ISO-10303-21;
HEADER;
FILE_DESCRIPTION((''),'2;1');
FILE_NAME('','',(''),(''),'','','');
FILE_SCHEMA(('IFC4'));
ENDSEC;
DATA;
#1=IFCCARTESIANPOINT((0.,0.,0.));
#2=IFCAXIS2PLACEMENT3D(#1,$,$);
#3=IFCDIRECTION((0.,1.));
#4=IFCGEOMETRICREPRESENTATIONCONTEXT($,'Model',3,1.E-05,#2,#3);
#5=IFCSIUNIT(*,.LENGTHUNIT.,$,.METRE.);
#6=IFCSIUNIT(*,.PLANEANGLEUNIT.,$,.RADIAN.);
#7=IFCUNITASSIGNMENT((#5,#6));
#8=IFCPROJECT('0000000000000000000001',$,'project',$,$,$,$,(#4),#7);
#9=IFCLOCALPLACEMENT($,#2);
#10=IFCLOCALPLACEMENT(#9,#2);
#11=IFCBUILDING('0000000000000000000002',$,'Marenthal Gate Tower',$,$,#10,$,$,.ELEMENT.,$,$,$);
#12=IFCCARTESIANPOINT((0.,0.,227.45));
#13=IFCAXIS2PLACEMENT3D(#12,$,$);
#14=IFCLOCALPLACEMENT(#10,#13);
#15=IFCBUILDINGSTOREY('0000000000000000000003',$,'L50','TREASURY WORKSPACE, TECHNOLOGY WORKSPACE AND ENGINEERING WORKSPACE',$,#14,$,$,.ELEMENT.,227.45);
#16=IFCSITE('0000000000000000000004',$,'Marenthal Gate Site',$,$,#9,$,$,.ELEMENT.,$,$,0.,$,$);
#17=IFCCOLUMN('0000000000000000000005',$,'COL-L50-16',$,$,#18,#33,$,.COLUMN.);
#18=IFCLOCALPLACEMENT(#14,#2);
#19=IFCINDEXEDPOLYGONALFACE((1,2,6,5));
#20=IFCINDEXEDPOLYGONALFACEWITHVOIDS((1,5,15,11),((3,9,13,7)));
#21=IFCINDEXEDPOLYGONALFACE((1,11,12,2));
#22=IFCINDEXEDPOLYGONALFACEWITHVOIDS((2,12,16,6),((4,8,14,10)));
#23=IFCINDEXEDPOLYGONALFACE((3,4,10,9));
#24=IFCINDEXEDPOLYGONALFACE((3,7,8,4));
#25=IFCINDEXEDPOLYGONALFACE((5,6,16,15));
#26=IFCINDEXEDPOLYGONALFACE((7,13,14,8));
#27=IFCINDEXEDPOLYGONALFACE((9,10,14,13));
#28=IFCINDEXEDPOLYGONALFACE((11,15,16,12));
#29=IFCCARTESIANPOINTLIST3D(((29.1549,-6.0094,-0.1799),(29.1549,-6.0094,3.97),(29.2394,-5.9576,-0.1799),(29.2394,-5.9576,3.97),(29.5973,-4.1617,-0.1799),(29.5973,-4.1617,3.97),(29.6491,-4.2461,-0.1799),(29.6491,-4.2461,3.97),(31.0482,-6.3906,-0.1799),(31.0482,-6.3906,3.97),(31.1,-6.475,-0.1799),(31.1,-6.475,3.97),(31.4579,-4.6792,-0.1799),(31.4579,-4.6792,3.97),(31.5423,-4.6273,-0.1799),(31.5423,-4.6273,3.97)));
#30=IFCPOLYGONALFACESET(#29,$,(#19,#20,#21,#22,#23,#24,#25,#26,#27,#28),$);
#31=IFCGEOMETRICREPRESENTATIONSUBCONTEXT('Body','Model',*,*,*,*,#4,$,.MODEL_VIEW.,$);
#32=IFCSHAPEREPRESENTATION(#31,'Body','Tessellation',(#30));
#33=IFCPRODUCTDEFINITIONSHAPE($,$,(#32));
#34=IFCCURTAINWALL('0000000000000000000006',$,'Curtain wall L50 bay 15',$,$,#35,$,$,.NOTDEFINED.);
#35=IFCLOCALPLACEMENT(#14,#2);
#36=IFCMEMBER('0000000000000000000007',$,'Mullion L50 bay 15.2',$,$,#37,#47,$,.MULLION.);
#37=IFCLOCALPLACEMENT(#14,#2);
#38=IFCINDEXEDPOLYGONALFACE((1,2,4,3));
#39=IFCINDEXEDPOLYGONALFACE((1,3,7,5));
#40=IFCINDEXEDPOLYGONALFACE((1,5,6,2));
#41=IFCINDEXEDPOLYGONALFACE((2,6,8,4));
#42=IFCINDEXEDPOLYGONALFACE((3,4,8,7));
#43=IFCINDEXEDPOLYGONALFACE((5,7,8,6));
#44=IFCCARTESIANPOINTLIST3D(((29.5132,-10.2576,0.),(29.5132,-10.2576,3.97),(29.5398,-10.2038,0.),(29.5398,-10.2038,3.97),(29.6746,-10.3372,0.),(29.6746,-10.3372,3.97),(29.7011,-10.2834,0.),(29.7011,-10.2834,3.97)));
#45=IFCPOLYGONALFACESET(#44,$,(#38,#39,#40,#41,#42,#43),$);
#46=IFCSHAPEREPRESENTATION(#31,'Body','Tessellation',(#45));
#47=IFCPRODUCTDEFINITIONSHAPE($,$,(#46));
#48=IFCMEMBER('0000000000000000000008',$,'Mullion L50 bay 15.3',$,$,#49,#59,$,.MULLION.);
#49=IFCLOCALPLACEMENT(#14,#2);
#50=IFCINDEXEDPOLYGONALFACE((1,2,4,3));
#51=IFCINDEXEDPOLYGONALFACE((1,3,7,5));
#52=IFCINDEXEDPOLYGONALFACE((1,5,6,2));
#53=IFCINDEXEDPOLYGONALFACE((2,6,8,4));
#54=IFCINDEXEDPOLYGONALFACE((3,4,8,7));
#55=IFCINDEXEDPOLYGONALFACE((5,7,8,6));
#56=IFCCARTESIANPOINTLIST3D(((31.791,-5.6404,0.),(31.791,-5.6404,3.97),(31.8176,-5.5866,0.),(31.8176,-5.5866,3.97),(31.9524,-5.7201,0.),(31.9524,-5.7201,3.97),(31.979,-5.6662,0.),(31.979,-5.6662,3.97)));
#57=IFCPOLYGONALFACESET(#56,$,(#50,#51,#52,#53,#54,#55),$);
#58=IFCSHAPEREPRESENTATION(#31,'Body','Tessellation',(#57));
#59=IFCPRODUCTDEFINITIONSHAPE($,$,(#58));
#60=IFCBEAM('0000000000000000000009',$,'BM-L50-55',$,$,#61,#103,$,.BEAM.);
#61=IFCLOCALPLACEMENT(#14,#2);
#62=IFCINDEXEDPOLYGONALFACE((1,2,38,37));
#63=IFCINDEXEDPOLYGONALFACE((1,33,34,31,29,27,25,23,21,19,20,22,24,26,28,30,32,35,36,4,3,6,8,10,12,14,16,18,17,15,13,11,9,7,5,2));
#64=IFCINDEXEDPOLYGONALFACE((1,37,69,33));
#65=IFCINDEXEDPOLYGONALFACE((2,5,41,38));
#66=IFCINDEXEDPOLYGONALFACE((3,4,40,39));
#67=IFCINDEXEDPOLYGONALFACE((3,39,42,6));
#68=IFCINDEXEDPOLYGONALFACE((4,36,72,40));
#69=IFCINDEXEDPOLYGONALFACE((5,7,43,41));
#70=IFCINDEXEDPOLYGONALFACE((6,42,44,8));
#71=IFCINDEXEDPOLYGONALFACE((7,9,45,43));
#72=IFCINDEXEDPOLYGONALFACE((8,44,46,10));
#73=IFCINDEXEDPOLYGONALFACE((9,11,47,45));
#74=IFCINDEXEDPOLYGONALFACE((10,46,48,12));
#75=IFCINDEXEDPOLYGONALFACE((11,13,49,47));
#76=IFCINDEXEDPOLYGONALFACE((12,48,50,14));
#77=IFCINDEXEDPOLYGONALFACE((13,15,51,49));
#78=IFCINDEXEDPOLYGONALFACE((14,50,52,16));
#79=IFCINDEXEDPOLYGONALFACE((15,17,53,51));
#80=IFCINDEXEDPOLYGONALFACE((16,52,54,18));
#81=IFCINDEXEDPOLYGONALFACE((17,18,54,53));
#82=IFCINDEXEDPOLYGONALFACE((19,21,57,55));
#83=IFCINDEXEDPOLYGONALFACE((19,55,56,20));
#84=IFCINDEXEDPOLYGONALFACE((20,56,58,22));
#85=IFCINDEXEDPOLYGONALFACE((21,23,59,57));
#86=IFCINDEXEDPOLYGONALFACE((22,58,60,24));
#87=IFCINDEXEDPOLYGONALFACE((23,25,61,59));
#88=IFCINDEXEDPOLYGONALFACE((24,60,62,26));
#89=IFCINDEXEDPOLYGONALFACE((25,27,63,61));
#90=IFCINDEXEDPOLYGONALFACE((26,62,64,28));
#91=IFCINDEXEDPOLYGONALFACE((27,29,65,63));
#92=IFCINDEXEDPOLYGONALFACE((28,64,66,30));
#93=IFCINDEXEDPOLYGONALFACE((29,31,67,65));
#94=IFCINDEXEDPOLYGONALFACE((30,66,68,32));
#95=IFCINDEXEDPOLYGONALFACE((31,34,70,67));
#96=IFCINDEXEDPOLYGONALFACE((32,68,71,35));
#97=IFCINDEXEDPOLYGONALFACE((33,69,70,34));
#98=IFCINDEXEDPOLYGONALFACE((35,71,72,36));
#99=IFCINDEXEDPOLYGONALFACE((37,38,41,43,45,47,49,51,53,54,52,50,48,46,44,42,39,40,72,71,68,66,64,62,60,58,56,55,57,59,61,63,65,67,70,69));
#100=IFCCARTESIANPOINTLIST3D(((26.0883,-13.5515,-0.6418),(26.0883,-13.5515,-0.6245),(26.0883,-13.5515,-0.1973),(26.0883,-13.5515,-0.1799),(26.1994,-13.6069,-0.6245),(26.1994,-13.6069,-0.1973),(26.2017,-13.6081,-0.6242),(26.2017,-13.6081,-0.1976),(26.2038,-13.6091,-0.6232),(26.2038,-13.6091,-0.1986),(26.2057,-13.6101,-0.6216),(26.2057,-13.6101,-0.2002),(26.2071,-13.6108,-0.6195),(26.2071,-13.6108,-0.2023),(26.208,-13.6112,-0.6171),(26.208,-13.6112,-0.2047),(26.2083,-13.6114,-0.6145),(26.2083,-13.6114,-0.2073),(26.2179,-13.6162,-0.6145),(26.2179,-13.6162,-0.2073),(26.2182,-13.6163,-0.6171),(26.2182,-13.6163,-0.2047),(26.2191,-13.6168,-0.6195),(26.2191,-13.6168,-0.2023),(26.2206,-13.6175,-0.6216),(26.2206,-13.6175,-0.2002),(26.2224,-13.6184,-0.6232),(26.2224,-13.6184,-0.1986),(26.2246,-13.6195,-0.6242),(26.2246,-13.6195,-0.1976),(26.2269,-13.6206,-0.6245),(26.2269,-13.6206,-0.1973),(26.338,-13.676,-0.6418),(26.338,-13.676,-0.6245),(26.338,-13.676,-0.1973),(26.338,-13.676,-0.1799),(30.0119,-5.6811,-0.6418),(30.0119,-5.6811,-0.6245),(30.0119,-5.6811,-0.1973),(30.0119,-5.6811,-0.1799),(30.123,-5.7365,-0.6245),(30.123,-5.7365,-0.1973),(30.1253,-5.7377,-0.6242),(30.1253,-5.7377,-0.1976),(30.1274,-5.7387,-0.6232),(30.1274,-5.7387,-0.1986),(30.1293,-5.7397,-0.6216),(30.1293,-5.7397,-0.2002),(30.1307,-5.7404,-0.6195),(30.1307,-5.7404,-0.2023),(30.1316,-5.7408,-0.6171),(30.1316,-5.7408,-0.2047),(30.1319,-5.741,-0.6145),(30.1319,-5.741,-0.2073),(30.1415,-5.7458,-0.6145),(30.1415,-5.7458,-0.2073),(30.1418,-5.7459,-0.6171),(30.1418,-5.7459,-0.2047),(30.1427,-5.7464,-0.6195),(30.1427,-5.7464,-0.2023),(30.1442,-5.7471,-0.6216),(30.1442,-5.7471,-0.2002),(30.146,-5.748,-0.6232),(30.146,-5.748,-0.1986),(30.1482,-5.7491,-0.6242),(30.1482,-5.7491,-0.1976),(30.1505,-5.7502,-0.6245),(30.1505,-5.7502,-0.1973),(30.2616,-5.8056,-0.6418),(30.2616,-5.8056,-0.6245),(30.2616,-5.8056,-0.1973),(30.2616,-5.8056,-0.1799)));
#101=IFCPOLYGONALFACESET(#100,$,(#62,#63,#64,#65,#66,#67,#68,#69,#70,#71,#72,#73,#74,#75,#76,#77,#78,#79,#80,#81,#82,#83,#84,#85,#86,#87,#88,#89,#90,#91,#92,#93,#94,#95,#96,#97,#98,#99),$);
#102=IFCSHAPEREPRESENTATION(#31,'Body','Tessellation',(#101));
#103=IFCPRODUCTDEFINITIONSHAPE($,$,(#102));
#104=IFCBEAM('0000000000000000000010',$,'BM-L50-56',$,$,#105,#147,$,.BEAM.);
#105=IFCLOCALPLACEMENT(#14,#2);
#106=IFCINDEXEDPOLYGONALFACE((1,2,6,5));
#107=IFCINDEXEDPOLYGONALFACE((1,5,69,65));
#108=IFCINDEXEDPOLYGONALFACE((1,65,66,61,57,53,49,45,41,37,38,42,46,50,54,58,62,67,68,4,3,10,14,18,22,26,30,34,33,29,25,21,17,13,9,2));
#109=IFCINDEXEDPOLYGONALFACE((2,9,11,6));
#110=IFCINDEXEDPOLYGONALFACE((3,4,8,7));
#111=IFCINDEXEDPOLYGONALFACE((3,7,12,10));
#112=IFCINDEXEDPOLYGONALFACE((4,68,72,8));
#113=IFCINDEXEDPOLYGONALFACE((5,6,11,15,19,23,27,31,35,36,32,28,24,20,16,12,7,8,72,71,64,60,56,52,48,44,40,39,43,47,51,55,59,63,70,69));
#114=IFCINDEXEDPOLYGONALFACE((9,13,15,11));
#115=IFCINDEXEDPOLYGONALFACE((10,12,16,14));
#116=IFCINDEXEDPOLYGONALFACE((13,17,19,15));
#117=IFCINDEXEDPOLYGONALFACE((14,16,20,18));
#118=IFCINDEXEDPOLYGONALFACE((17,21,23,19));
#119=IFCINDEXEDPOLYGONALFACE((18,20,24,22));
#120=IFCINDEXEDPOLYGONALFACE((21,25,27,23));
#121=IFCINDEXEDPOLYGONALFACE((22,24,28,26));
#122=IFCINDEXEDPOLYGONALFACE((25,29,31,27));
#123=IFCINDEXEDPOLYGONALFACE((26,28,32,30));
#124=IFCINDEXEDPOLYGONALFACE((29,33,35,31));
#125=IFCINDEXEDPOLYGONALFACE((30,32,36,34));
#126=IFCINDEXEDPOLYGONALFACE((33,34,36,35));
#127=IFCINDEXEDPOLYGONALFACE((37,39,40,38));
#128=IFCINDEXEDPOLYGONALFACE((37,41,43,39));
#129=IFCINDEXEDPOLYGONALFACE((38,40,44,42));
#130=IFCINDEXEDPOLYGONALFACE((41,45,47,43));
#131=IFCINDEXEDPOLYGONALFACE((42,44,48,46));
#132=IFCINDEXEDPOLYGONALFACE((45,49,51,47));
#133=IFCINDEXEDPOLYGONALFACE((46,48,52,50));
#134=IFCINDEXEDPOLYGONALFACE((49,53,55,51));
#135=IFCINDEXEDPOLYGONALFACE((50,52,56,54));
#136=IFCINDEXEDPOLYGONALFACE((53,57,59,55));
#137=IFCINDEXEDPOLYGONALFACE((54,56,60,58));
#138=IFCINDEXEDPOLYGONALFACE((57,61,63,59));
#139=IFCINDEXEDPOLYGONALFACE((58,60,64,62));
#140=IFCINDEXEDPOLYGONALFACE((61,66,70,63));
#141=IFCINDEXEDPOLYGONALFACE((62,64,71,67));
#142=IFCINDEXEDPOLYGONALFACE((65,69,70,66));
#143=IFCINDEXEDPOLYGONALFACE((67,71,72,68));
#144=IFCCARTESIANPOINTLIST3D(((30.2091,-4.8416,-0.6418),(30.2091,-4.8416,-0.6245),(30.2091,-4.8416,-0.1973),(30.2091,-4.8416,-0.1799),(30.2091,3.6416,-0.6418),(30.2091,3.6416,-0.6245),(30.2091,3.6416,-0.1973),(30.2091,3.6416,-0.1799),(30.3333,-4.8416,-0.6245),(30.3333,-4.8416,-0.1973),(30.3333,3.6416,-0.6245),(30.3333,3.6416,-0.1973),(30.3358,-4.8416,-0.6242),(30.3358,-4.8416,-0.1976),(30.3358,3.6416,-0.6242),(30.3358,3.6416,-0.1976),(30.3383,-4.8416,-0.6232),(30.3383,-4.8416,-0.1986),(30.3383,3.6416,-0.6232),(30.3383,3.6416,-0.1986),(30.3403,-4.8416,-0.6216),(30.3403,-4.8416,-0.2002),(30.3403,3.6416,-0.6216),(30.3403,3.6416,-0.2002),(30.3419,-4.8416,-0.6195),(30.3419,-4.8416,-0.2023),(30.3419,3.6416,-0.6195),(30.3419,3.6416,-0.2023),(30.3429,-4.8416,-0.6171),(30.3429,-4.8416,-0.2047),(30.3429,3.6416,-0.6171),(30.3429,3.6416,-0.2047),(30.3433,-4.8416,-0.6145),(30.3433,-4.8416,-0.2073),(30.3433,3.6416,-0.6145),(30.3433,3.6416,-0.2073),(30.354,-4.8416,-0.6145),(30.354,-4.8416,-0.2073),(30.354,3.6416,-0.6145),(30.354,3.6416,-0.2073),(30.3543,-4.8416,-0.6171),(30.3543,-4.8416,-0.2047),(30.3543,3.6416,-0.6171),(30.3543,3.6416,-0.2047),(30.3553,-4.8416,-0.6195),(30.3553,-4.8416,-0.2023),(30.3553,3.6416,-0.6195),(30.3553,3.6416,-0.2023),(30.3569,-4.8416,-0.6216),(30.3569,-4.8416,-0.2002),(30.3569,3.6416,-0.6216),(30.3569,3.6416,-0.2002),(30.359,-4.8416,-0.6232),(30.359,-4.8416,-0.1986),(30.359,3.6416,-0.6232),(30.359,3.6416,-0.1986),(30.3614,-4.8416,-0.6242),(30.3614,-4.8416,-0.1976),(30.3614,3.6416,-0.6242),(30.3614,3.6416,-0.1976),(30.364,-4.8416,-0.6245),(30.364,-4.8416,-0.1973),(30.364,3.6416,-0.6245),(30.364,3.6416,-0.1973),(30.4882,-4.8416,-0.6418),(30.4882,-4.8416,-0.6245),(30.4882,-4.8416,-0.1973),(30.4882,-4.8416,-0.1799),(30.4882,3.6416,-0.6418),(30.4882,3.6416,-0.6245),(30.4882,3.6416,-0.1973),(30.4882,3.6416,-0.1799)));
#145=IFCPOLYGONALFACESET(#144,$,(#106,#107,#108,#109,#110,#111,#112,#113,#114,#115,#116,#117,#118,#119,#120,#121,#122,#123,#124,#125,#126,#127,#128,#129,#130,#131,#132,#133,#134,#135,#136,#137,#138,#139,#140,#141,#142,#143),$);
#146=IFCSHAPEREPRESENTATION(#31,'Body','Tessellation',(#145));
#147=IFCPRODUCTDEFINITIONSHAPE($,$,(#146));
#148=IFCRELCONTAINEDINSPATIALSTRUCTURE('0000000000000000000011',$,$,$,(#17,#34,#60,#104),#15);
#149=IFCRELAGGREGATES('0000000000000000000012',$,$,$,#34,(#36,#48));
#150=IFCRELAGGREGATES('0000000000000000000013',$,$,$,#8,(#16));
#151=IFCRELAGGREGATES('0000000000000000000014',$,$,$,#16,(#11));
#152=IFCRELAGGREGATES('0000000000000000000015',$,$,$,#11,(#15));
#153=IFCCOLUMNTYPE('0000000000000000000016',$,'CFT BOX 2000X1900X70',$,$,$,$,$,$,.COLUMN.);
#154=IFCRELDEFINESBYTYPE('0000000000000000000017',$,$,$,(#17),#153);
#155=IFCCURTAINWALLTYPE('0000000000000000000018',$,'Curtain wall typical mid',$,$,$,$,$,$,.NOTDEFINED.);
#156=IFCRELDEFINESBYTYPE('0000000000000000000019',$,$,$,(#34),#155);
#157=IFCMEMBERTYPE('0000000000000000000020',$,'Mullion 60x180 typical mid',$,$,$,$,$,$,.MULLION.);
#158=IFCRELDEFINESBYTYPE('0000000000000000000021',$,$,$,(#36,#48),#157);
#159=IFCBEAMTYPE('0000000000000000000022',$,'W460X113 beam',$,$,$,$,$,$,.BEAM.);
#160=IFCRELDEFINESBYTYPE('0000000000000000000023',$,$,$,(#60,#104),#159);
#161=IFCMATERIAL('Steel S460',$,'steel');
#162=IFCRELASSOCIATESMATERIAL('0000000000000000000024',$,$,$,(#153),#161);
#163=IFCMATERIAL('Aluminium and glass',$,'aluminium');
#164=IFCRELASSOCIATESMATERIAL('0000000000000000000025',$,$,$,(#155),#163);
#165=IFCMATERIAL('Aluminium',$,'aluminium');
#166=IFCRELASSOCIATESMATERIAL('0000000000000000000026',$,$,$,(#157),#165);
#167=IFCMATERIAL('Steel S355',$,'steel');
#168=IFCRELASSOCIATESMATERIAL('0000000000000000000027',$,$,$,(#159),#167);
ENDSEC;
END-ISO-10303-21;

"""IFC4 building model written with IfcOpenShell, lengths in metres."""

from ifc_helpers import new_model, si_unit, direction, frame, origin, origin_2d, place, context, subcontext, project, spatial, rectangle, hollow_rectangle, i_section, extrude, material, material_profile, profile_set, type_object, element, aggregate, save


model = new_model("IFC4")

# Units and contexts
model_context = context("Model", 3, precision=1e-05, world=origin(), true_north=direction((0.0, 1.0)))
body_context = subcontext(model_context, "Body", "Model", "MODEL_VIEW")
ifc_project = project(units=[si_unit("LENGTHUNIT", "METRE"), si_unit("PLANEANGLEUNIT", "RADIAN")], contexts=[model_context])

# Site, building, storey
site_placement = place(None, origin())
site = spatial("IfcSite", under=ifc_project, at=site_placement, Name="Marenthal Gate Site", CompositionType="ELEMENT", RefElevation=0.0)
building_placement = place(site_placement, origin())
building = spatial("IfcBuilding", under=site, at=building_placement, Name="Marenthal Gate Tower", CompositionType="ELEMENT")
storey_placement = place(building_placement, frame((0.0, 0.0, 227.45)))
storey = spatial("IfcBuildingStorey", under=building, at=storey_placement, Name="L50", Description="TREASURY WORKSPACE, TECHNOLOGY WORKSPACE AND ENGINEERING WORKSPACE", CompositionType="ELEMENT", Elevation=227.45)

# Column
ifc_material_1 = material(Name="Steel S460", Category="steel")
ifc_material_profile_1 = material_profile(ifc_material_1, hollow_rectangle(XDim=1.8999, YDim=2.0, WallThickness=0.0701, at=origin_2d()), Name="CFT BOX 2000X1900X70")
ifc_material_2 = material(Name="Concrete 70 MPa", Category="concrete")
ifc_material_profile_2 = material_profile(ifc_material_2, rectangle(XDim=1.76, YDim=1.8601, at=origin_2d()), Name="CFT BOX 2000X1900X70 INFILL")
ifc_profile_set_1 = profile_set([ifc_material_profile_1, ifc_material_profile_2], Name="Steel S460 shell, Concrete 70 MPa infill")
column_type = type_object("IfcColumnType", Name="CFT BOX 2000X1900X70", PredefinedType="COLUMN", material=ifc_profile_set_1)
column_placement = place(storey_placement, frame((30.3486, -5.3184, -0.1799), z_axis=(0.0, 0.0, 1.0), x_axis=(-0.232822, -0.972519, 0.0)))
element("IfcColumn", 1, at=column_placement, inside=storey, type_object=column_type, Name="COL-L50-16", PredefinedType="COLUMN", context=body_context, shape_type="SweptSolid", body=[
    extrude(hollow_rectangle(XDim=1.8999, YDim=2.0, WallThickness=0.0701, at=origin_2d()), origin(), (0.0, 0.0, 1.0), 4.1499),
])

# Curtain wall, members
ifc_material_3 = material(Name="Aluminium and glass", Category="aluminium")
curtain_wall_type = type_object("IfcCurtainWallType", Name="Curtain wall typical mid", PredefinedType="NOTDEFINED", material=ifc_material_3)
curtain_wall_placement = place(storey_placement, origin())
curtain_wall = element("IfcCurtainWall", 2, at=curtain_wall_placement, inside=storey, type_object=curtain_wall_type, Name="Curtain wall L50 bay 15", PredefinedType="NOTDEFINED")
ifc_material_4 = material(Name="Aluminium", Category="aluminium")
ifc_material_profile_3 = material_profile(ifc_material_4, rectangle(XDim=0.1799, YDim=0.0601, at=origin_2d()), Name="60x180 aluminium mullion")
ifc_profile_set_2 = profile_set([ifc_material_profile_3], Name="Aluminium")
member_type = type_object("IfcMemberType", Name="Mullion 60x180 typical mid", PredefinedType="MULLION", material=ifc_profile_set_2)
member_1_placement = place(storey_placement, frame((29.6072, -10.2705, 0.0), z_axis=(0.0, 0.0, 1.0), x_axis=(-0.896798, 0.442441, 0.0)))
member_1 = element("IfcMember", 3, at=member_1_placement, type_object=member_type, Name="Mullion L50 bay 15.2", PredefinedType="MULLION", context=body_context, shape_type="SweptSolid", body=[
    extrude(rectangle(XDim=0.1799, YDim=0.0601, at=origin_2d()), origin(), (0.0, 0.0, 1.0), 3.97),
])
member_2_placement = place(storey_placement, frame((31.885, -5.6533, 0.0), z_axis=(0.0, 0.0, 1.0), x_axis=(-0.896798, 0.442441, 0.0)))
member_2 = element("IfcMember", 4, at=member_2_placement, type_object=member_type, Name="Mullion L50 bay 15.3", PredefinedType="MULLION", context=body_context, shape_type="SweptSolid", body=[
    extrude(rectangle(XDim=0.1799, YDim=0.0601, at=origin_2d()), origin(), (0.0, 0.0, 1.0), 3.97),
])

# Beams
ifc_material_5 = material(Name="Steel S355", Category="steel")
ifc_material_profile_4 = material_profile(ifc_material_5, i_section(OverallWidth=0.2791, OverallDepth=0.4619, WebThickness=0.0107, FlangeThickness=0.0173, FilletRadius=0.01, at=origin_2d()), Name="W460X113")
ifc_profile_set_3 = profile_set([ifc_material_profile_4], Name="Steel S355")
beam_type_1 = type_object("IfcBeamType", Name="W460X113 beam", PredefinedType="BEAM", material=ifc_profile_set_3)
beam_1_placement = place(storey_placement, frame((26.2131, -13.6138, -0.4109), z_axis=(0.446158, 0.894954, 0.0), x_axis=(-0.894954, 0.446158, 0.0)))
element("IfcBeam", 5, at=beam_1_placement, inside=storey, type_object=beam_type_1, Name="BM-L50-55", PredefinedType="BEAM", context=body_context, shape_type="SweptSolid", body=[
    extrude(i_section(OverallWidth=0.2791, OverallDepth=0.4619, WebThickness=0.0107, FlangeThickness=0.0173, FilletRadius=0.01, at=origin_2d()), origin(), (0.0, 0.0, 1.0), 8.7942),
])
beam_2_placement = place(storey_placement, frame((30.3486, -4.8416, -0.4109), z_axis=(0.0, 1.0, 0.0), x_axis=(-1.0, 0.0, 0.0)))
element("IfcBeam", 6, at=beam_2_placement, inside=storey, type_object=beam_type_1, Name="BM-L50-56", PredefinedType="BEAM", context=body_context, shape_type="SweptSolid", body=[
    extrude(i_section(OverallWidth=0.2791, OverallDepth=0.4619, WebThickness=0.0107, FlangeThickness=0.0173, FilletRadius=0.01, at=origin_2d()), origin(), (0.0, 0.0, 1.0), 8.4832),
])

aggregate(curtain_wall, [member_1, member_2])

save(model, "model.ifc")
